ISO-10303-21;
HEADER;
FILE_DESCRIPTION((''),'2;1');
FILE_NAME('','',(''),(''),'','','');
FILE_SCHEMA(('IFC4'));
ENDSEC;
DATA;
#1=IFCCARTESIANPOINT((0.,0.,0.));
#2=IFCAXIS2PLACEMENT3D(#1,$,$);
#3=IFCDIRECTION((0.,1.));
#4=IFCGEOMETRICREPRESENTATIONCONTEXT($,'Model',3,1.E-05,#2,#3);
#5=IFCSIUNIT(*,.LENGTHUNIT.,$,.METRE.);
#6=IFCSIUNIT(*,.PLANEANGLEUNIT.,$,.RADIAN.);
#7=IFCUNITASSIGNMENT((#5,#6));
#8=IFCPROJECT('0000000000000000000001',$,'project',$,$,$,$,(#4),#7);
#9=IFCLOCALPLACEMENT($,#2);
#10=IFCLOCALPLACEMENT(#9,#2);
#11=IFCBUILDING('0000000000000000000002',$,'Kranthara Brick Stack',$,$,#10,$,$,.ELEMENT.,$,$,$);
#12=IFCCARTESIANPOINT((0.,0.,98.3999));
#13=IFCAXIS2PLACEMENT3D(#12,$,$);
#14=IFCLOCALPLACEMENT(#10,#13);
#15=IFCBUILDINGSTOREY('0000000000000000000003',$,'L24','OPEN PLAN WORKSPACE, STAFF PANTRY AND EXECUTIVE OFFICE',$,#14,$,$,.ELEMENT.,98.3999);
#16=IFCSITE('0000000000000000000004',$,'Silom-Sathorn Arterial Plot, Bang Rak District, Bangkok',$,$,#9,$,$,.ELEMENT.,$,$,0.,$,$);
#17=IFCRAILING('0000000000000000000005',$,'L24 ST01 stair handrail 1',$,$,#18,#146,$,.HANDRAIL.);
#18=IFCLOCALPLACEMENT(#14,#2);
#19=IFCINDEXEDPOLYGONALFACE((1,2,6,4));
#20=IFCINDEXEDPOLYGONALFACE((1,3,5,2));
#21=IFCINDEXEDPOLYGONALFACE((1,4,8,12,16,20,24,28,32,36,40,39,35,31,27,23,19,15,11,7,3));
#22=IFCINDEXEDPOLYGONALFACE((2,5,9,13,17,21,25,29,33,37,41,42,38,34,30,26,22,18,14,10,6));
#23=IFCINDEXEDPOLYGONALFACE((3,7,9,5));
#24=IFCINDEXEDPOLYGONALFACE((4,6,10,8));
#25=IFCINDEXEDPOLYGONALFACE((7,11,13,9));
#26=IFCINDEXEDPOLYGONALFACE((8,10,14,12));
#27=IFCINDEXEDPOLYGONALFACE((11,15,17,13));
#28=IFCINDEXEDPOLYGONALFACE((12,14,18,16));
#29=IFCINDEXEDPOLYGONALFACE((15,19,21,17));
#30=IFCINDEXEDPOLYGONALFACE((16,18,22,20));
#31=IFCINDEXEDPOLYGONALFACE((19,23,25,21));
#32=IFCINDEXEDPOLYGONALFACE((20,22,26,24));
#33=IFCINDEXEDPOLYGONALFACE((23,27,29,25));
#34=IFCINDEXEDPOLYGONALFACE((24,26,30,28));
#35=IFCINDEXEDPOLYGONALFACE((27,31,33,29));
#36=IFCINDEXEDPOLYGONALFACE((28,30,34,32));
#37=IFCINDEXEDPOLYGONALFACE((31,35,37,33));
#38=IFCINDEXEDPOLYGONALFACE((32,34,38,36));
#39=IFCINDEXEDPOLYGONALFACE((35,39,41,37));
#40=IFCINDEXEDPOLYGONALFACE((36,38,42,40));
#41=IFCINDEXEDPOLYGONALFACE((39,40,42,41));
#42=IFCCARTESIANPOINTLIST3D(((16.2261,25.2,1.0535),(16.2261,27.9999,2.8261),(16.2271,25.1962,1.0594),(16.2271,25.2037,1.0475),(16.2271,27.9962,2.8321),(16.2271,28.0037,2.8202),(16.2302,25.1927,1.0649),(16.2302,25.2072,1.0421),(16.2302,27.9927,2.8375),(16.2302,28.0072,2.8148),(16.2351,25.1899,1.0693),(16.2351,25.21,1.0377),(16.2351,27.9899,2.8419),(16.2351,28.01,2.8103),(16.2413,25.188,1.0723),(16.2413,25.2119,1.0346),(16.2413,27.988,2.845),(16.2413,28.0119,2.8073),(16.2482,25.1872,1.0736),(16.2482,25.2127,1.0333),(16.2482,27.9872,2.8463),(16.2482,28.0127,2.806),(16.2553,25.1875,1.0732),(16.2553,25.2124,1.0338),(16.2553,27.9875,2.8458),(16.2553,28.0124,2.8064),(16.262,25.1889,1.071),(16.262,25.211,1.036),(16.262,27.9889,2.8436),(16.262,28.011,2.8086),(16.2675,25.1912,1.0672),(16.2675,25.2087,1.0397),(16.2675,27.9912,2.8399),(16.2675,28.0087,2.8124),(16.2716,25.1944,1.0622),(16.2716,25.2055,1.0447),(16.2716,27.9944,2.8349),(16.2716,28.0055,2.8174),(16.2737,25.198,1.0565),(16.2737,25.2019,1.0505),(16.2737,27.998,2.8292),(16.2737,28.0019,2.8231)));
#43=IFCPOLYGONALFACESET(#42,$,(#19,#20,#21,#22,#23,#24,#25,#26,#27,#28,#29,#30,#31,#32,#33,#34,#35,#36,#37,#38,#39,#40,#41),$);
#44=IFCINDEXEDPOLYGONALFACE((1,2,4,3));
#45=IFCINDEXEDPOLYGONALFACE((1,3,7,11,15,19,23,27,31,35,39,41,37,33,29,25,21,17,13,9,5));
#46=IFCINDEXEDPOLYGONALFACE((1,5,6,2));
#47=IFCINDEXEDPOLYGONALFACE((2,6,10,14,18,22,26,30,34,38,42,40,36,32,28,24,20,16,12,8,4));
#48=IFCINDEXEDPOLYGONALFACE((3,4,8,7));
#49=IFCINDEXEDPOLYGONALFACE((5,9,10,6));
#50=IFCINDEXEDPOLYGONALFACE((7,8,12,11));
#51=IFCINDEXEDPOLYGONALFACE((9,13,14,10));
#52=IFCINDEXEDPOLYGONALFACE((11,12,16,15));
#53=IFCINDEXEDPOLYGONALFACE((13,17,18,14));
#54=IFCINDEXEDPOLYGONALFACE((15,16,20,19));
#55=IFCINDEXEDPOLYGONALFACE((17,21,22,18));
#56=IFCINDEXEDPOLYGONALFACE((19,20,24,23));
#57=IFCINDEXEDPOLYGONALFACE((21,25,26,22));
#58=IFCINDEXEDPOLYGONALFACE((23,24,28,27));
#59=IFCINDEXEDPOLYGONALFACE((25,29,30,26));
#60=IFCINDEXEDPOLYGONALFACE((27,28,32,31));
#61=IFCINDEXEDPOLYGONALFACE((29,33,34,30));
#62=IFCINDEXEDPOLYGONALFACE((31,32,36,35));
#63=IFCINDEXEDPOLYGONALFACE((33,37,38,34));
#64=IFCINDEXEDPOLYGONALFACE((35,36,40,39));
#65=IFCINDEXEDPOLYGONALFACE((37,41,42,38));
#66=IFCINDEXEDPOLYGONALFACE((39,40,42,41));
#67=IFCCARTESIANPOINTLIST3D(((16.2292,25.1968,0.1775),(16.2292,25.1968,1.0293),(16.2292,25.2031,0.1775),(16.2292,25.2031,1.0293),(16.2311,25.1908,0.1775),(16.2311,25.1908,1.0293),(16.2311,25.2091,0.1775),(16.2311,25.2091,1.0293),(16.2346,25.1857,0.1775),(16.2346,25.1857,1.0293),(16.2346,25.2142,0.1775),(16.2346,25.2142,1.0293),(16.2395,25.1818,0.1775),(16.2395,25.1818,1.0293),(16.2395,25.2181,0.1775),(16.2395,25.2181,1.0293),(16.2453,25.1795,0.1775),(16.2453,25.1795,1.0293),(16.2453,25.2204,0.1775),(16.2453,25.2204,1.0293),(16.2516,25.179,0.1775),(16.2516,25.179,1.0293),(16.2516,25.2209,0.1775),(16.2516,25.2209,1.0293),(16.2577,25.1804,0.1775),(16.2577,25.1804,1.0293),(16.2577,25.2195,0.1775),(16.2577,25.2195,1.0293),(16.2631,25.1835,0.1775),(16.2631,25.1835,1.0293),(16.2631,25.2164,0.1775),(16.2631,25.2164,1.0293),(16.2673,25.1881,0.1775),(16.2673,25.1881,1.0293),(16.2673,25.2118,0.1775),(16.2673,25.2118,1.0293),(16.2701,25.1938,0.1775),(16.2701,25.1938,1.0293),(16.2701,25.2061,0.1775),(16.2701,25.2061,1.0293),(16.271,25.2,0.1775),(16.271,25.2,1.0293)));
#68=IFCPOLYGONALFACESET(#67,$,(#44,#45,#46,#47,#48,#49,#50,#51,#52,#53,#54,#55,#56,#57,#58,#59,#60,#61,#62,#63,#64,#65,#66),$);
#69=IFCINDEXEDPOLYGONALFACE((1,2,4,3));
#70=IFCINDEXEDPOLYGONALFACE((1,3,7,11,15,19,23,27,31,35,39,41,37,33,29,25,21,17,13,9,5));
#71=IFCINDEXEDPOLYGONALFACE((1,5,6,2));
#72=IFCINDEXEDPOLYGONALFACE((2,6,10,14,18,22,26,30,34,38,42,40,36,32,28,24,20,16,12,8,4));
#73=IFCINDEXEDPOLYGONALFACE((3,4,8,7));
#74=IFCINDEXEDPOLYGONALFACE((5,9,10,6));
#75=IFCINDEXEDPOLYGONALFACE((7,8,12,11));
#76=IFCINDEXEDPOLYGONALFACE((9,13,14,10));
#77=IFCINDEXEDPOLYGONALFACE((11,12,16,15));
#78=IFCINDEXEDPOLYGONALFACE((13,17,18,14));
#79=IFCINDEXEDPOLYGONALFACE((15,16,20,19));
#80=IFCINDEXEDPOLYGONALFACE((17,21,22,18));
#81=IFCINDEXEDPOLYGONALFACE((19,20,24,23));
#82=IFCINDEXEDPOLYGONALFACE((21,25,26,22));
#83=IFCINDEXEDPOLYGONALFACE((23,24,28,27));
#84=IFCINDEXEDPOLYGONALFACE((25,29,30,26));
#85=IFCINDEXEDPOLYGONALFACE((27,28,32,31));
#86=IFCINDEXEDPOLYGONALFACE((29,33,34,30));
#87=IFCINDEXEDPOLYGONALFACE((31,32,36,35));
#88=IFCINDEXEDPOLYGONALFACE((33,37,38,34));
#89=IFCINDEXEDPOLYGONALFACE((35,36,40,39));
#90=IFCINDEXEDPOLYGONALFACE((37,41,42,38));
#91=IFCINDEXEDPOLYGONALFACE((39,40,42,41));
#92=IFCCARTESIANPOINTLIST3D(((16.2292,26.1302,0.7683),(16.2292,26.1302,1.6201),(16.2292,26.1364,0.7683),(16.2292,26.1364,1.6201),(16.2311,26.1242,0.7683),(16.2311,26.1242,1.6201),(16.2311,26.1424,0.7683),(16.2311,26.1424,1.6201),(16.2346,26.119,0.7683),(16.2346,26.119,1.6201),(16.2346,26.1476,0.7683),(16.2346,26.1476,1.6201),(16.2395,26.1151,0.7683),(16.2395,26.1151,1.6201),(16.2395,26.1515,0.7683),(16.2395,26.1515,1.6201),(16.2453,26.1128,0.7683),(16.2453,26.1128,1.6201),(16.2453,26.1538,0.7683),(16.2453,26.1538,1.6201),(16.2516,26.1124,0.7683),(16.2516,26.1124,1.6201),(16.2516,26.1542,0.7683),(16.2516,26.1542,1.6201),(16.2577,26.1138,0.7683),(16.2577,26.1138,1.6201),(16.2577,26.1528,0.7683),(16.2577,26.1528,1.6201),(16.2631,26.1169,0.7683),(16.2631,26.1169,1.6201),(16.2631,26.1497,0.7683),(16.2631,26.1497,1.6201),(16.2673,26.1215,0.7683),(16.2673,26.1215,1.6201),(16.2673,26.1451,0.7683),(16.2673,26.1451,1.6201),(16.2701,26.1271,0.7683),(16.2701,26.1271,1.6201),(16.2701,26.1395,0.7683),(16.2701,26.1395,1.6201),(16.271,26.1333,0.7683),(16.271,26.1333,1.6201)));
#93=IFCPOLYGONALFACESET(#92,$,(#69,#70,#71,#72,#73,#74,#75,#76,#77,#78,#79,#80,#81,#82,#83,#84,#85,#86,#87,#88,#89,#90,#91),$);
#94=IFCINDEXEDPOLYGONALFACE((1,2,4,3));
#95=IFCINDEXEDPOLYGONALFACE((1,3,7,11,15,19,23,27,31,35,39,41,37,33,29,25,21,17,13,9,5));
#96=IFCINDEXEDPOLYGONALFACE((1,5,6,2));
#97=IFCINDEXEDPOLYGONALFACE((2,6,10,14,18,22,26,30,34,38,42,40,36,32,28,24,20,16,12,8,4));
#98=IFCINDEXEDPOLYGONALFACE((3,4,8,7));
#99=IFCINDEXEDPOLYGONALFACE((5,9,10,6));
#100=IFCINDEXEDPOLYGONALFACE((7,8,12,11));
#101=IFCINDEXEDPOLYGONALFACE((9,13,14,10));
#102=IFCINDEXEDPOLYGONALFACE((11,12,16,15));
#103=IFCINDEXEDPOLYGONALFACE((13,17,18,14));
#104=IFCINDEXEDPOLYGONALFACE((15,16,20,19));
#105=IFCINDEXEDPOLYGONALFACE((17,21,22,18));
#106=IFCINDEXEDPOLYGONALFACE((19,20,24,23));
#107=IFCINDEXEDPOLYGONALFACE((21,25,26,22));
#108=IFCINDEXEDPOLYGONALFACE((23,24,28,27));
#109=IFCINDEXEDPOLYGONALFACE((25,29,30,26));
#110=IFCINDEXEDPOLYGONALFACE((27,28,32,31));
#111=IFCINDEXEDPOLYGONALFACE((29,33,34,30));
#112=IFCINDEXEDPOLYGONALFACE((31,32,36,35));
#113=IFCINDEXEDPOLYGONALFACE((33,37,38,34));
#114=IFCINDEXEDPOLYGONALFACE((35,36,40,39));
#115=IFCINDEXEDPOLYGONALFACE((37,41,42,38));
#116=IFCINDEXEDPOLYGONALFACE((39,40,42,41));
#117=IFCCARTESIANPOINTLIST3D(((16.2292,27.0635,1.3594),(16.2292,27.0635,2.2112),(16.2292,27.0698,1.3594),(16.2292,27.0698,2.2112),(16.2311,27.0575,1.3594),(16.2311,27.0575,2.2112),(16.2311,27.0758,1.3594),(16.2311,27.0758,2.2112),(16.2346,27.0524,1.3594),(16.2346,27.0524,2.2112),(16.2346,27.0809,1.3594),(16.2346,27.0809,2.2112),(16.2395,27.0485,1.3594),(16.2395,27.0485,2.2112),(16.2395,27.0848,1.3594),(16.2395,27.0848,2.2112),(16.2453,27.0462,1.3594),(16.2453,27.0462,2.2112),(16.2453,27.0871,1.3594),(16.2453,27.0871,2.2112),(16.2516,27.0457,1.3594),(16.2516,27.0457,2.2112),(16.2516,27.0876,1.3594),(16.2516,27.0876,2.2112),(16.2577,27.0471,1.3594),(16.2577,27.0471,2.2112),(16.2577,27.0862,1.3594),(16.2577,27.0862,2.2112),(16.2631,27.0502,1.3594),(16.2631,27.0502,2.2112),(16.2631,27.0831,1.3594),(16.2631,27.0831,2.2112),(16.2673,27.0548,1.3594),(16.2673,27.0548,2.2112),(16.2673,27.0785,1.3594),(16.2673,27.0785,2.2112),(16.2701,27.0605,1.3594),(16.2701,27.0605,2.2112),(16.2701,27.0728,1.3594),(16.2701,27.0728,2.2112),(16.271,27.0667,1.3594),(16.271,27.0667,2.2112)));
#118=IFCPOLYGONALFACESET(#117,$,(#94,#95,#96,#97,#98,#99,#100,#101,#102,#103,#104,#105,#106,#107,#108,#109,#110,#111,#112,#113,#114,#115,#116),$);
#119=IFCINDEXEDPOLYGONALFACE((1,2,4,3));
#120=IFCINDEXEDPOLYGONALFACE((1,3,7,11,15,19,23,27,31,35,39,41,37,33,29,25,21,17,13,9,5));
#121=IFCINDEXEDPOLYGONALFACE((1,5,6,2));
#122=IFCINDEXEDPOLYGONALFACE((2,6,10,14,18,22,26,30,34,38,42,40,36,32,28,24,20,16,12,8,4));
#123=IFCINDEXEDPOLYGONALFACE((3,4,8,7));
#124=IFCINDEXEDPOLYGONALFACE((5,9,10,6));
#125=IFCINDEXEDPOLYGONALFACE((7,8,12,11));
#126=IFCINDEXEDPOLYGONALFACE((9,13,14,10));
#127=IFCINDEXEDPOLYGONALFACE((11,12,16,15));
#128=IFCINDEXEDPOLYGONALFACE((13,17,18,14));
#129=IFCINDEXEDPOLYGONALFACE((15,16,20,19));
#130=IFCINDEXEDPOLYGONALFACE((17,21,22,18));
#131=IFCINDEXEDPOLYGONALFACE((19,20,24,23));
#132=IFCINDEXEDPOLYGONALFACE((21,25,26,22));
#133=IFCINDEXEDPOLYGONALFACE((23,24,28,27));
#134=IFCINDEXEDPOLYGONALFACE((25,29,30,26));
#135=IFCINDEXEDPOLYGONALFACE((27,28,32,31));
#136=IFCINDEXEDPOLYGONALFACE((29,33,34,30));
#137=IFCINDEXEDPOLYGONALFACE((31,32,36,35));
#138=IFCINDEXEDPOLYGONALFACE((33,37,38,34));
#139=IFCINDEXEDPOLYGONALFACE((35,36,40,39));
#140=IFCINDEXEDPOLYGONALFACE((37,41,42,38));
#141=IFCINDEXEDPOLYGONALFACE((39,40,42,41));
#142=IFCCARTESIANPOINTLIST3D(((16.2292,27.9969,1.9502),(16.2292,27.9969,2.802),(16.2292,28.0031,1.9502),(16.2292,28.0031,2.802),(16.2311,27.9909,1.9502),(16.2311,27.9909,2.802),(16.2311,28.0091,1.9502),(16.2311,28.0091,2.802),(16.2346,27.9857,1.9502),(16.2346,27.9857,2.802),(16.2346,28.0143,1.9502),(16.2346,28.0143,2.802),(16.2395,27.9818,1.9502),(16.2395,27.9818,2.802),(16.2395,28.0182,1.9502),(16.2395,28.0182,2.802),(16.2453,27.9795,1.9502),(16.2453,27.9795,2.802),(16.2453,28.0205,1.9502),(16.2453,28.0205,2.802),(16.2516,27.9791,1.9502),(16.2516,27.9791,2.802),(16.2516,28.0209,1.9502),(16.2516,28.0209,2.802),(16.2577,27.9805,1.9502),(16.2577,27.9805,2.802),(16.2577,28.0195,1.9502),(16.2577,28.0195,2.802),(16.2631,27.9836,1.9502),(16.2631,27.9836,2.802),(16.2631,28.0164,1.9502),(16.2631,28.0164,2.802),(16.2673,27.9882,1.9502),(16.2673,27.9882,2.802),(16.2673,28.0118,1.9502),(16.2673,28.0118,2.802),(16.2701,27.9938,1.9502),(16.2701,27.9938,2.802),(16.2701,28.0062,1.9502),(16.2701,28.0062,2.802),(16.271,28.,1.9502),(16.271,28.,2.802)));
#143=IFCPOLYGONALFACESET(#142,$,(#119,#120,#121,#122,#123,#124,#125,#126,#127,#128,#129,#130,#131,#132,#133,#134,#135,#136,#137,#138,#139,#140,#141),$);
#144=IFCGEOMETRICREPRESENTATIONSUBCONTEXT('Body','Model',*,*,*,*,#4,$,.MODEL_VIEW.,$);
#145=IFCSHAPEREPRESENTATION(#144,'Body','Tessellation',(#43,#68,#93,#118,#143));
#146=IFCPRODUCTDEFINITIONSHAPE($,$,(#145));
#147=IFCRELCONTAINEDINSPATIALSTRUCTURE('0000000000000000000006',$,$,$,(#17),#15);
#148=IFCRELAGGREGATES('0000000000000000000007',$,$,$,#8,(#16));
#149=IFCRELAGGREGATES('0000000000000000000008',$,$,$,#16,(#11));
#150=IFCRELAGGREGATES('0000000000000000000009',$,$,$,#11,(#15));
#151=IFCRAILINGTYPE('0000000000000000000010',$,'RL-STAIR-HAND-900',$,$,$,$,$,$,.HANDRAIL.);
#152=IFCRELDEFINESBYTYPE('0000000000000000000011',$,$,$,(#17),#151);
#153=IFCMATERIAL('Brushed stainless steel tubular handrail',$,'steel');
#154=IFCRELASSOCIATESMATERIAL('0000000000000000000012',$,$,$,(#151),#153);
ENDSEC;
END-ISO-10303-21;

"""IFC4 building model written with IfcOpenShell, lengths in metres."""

from ifc_helpers import new_model, si_unit, direction, frame, origin, origin_2d, place, context, subcontext, project, spatial, circle, extrude, material, type_object, element, save


model = new_model("IFC4")

# Units and contexts
model_context = context("Model", 3, precision=1e-05, world=origin(), true_north=direction((0.0, 1.0)))
body_context = subcontext(model_context, "Body", "Model", "MODEL_VIEW")
ifc_project = project(units=[si_unit("LENGTHUNIT", "METRE"), si_unit("PLANEANGLEUNIT", "RADIAN")], contexts=[model_context])

# Site, building, storey
site_placement = place(None, origin())
site = spatial("IfcSite", under=ifc_project, at=site_placement, Name="Silom-Sathorn Arterial Plot, Bang Rak District, Bangkok", CompositionType="ELEMENT", RefElevation=0.0)
building_placement = place(site_placement, origin())
building = spatial("IfcBuilding", under=site, at=building_placement, Name="Kranthara Brick Stack", CompositionType="ELEMENT")
storey_placement = place(building_placement, frame((0.0, 0.0, 98.3999)))
storey = spatial("IfcBuildingStorey", under=building, at=storey_placement, Name="L24", Description="OPEN PLAN WORKSPACE, STAFF PANTRY AND EXECUTIVE OFFICE", CompositionType="ELEMENT", Elevation=98.3999)

# Railing
ifc_material_1 = material(Name="Brushed stainless steel tubular handrail", Category="steel")
railing_type_1 = type_object("IfcRailingType", Name="RL-STAIR-HAND-900", PredefinedType="HANDRAIL", material=ifc_material_1)
railing_1_placement = place(storey_placement, frame((16.25, 25.2, 0.1775)))
element("IfcRailing", 1, at=railing_1_placement, inside=storey, type_object=railing_type_1, Name="L24 ST01 stair handrail 1", PredefinedType="HANDRAIL", context=body_context, shape_type="SweptSolid", body=[
    extrude(circle(Radius=0.0239, at=origin_2d()), frame((0.0, 0.0, 0.876), z_axis=(0.0, 0.844909, 0.53491), x_axis=(-1.0, 0.0, 0.0)), (0.0, 0.0, 1.0), 3.314),
    extrude(circle(Radius=0.021, at=origin_2d()), origin(), (0.0, 0.0, 1.0), 0.8518),
    extrude(circle(Radius=0.021, at=origin_2d()), frame((0.0, 0.9333, 0.5908)), (0.0, 0.0, 1.0), 0.8518),
    extrude(circle(Radius=0.021, at=origin_2d()), frame((0.0, 1.8667, 1.1819)), (0.0, 0.0, 1.0), 0.8518),
    extrude(circle(Radius=0.021, at=origin_2d()), frame((0.0, 2.8, 1.7727)), (0.0, 0.0, 1.0), 0.8518),
])

save(model, "model.ifc")
